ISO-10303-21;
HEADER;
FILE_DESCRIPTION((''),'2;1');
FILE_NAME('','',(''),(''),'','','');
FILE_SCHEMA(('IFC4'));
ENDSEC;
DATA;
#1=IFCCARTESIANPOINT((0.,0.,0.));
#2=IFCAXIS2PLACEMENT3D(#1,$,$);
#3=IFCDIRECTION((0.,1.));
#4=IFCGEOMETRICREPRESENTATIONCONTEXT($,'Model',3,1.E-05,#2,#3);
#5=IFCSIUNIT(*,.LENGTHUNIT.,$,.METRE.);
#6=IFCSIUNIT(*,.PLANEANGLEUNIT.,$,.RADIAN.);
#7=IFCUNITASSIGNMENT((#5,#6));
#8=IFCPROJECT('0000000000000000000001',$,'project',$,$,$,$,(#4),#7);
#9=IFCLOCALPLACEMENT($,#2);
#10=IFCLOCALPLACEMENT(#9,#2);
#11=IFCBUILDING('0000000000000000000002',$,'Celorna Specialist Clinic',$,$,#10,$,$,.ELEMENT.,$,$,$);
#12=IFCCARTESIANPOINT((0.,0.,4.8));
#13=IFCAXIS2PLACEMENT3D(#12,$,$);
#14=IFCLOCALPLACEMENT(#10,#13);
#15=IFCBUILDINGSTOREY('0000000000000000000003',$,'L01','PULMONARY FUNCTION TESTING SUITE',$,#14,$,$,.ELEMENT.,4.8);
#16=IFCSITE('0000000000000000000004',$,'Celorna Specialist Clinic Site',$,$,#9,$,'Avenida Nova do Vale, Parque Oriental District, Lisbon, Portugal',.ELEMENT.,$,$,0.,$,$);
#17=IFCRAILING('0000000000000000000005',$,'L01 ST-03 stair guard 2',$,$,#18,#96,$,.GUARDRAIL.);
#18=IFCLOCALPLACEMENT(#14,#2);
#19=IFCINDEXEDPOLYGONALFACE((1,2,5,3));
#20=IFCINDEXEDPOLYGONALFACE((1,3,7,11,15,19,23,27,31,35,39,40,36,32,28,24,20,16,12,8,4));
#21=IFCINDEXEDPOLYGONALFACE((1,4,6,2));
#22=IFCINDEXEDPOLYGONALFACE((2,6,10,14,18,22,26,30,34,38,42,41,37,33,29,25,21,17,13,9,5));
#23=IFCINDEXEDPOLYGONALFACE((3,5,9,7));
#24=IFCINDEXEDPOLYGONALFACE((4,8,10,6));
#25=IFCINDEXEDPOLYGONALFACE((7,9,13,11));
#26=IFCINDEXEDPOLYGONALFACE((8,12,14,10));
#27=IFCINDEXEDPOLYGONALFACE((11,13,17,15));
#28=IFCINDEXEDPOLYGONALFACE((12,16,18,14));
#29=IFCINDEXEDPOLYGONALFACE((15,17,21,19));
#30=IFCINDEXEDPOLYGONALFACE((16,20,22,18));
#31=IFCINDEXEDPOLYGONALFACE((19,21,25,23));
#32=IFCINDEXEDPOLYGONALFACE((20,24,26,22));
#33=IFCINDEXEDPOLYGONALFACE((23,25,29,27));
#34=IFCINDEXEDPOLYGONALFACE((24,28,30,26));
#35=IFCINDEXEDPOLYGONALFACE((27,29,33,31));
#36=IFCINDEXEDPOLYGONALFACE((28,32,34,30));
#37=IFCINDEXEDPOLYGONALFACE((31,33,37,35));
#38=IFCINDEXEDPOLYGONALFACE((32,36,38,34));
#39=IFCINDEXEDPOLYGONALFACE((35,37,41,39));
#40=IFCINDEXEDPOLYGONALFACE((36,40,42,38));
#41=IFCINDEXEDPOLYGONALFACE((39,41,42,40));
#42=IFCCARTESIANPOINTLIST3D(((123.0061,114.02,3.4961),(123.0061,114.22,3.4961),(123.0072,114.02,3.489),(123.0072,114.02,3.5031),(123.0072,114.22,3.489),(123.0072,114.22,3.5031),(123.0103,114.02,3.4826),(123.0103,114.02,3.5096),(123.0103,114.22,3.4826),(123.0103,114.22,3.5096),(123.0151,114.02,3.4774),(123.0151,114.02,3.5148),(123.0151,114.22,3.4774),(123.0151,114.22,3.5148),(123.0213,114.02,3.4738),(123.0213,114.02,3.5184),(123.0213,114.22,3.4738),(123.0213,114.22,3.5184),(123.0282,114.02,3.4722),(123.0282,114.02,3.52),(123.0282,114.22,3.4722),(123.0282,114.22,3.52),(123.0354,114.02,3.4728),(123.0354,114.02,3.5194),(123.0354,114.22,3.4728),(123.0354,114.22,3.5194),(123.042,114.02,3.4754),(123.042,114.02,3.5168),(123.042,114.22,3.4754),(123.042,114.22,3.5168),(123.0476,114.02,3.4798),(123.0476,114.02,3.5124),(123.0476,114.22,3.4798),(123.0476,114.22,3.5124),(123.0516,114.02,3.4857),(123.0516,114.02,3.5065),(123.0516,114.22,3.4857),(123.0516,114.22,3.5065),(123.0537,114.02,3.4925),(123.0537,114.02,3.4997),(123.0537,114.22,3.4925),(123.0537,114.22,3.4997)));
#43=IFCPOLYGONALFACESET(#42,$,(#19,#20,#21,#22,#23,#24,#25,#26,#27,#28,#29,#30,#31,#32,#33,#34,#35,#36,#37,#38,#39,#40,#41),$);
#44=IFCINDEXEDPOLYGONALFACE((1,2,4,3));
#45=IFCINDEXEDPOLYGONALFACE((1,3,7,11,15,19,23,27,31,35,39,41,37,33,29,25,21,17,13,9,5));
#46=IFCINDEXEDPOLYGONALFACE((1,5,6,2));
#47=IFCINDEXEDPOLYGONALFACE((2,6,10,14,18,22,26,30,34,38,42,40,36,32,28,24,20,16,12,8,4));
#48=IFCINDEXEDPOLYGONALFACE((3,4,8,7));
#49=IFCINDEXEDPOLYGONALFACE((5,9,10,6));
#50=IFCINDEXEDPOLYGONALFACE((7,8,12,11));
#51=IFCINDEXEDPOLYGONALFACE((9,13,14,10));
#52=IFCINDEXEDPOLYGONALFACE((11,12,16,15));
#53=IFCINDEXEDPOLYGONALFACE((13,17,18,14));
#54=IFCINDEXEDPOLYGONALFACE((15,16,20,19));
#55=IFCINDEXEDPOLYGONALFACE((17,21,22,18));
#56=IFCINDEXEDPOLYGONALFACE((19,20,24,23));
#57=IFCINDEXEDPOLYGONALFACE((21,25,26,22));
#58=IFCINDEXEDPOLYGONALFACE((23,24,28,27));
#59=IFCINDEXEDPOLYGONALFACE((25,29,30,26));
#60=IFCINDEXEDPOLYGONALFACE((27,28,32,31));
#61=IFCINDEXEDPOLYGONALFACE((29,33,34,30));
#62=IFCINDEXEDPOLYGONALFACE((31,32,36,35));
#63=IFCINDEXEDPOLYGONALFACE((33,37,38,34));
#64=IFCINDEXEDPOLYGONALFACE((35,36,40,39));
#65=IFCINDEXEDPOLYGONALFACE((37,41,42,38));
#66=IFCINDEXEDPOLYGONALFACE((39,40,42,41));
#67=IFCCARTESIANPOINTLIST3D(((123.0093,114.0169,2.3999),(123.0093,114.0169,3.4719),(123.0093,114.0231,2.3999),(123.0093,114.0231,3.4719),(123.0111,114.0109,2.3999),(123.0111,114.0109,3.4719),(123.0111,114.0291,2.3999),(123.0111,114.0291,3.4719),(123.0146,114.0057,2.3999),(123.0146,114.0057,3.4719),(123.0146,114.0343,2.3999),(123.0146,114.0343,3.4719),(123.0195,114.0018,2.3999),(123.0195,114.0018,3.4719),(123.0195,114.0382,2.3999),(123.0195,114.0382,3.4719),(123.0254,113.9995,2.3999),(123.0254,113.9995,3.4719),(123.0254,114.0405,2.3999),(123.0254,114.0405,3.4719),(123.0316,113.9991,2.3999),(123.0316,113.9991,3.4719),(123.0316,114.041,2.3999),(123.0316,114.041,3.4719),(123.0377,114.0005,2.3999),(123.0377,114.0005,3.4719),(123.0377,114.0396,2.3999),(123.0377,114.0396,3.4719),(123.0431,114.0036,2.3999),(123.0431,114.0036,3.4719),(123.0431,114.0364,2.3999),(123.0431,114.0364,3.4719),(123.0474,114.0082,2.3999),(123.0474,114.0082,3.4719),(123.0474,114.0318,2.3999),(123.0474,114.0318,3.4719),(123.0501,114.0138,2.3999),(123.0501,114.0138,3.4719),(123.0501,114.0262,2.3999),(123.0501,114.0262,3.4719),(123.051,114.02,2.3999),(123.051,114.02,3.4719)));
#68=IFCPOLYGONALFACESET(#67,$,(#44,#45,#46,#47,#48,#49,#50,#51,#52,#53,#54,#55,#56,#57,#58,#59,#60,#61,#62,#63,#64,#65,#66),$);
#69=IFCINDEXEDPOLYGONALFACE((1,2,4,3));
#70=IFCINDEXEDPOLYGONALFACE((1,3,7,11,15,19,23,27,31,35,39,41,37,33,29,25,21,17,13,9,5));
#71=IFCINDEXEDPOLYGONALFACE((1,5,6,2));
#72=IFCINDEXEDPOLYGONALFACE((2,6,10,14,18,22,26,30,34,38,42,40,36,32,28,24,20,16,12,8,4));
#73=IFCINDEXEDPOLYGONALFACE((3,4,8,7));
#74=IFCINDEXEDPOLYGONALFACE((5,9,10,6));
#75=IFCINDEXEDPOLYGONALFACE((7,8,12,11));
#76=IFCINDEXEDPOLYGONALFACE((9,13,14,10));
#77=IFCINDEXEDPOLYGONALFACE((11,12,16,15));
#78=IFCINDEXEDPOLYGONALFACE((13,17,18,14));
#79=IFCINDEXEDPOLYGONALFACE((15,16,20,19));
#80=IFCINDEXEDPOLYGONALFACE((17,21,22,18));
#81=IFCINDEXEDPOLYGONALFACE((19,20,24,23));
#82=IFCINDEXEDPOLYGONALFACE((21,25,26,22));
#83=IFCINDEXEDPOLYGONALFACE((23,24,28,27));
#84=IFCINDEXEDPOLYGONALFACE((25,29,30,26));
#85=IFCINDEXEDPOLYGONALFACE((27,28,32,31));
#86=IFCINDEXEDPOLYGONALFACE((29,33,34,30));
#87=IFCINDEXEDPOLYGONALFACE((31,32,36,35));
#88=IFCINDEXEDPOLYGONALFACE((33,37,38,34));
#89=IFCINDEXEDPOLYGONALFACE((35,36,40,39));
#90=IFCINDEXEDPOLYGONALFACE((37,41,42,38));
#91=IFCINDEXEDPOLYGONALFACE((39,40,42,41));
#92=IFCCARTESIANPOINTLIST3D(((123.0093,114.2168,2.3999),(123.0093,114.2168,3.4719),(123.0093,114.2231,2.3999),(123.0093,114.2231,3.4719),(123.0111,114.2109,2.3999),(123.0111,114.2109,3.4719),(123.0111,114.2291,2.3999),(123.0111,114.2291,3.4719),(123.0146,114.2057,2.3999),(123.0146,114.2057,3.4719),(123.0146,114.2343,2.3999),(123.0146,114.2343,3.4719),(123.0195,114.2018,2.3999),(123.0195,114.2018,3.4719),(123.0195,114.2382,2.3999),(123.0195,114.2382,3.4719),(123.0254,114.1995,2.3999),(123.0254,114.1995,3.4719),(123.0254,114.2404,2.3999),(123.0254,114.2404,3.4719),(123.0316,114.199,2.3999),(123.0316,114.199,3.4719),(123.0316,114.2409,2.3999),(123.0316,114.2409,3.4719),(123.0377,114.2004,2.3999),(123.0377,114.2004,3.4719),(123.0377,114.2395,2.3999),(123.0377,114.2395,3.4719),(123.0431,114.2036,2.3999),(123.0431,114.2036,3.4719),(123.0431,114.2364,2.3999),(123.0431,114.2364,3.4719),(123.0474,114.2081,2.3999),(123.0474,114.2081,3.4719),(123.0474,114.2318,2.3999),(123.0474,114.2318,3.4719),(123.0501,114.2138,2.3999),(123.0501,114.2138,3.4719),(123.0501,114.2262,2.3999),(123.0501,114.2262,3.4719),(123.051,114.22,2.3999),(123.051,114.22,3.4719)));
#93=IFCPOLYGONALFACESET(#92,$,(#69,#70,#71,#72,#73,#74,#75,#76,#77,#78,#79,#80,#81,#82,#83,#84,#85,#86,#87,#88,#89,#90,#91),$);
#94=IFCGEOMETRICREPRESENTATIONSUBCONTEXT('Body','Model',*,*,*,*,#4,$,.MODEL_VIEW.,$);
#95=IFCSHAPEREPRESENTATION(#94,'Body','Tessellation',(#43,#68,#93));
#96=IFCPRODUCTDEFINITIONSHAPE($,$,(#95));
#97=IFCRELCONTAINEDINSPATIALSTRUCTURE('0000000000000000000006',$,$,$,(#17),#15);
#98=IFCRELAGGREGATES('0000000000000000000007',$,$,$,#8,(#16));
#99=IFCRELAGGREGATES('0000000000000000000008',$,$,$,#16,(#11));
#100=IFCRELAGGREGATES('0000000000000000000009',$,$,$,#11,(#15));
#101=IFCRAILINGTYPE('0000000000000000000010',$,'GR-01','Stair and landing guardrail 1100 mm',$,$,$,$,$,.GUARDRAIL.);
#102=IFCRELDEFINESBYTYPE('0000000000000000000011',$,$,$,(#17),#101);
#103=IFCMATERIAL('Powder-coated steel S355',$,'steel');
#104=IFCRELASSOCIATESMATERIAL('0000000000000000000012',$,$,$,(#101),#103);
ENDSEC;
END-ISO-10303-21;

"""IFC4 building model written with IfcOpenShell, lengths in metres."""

from ifc_helpers import new_model, si_unit, direction, frame, origin, origin_2d, place, context, subcontext, project, spatial, circle, extrude, material, type_object, element, save


model = new_model("IFC4")

# Units and contexts
model_context = context("Model", 3, precision=1e-05, world=origin(), true_north=direction((0.0, 1.0)))
body_context = subcontext(model_context, "Body", "Model", "MODEL_VIEW")
ifc_project = project(units=[si_unit("LENGTHUNIT", "METRE"), si_unit("PLANEANGLEUNIT", "RADIAN")], contexts=[model_context])

# Site, building, storey
site_placement = place(None, origin())
site = spatial("IfcSite", under=ifc_project, at=site_placement, Name="Celorna Specialist Clinic Site", LongName="Avenida Nova do Vale, Parque Oriental District, Lisbon, Portugal", CompositionType="ELEMENT", RefElevation=0.0)
building_placement = place(site_placement, origin())
building = spatial("IfcBuilding", under=site, at=building_placement, Name="Celorna Specialist Clinic", CompositionType="ELEMENT")
storey_placement = place(building_placement, frame((0.0, 0.0, 4.8)))
storey = spatial("IfcBuildingStorey", under=building, at=storey_placement, Name="L01", Description="PULMONARY FUNCTION TESTING SUITE", CompositionType="ELEMENT", Elevation=4.8)

# Railing
ifc_material_1 = material(Name="Powder-coated steel S355", Category="steel")
railing_type_1 = type_object("IfcRailingType", Name="GR-01", Description="Stair and landing guardrail 1100 mm", PredefinedType="GUARDRAIL", material=ifc_material_1)
railing_1_placement = place(storey_placement, frame((123.03, 114.02, 2.3999)))
element("IfcRailing", 1, at=railing_1_placement, inside=storey, type_object=railing_type_1, Name="L01 ST-03 stair guard 2", PredefinedType="GUARDRAIL", context=body_context, shape_type="SweptSolid", body=[
    extrude(circle(Radius=0.0239, at=origin_2d()), frame((0.0, 0.0, 1.0962), z_axis=(0.0, 1.0, 0.0), x_axis=(-1.0, 0.0, 0.0)), (0.0, 0.0, 1.0), 0.2),
    extrude(circle(Radius=0.021, at=origin_2d()), origin(), (0.0, 0.0, 1.0), 1.072),
    extrude(circle(Radius=0.021, at=origin_2d()), frame((0.0, 0.2, 0.0)), (0.0, 0.0, 1.0), 1.072),
])

save(model, "model.ifc")
